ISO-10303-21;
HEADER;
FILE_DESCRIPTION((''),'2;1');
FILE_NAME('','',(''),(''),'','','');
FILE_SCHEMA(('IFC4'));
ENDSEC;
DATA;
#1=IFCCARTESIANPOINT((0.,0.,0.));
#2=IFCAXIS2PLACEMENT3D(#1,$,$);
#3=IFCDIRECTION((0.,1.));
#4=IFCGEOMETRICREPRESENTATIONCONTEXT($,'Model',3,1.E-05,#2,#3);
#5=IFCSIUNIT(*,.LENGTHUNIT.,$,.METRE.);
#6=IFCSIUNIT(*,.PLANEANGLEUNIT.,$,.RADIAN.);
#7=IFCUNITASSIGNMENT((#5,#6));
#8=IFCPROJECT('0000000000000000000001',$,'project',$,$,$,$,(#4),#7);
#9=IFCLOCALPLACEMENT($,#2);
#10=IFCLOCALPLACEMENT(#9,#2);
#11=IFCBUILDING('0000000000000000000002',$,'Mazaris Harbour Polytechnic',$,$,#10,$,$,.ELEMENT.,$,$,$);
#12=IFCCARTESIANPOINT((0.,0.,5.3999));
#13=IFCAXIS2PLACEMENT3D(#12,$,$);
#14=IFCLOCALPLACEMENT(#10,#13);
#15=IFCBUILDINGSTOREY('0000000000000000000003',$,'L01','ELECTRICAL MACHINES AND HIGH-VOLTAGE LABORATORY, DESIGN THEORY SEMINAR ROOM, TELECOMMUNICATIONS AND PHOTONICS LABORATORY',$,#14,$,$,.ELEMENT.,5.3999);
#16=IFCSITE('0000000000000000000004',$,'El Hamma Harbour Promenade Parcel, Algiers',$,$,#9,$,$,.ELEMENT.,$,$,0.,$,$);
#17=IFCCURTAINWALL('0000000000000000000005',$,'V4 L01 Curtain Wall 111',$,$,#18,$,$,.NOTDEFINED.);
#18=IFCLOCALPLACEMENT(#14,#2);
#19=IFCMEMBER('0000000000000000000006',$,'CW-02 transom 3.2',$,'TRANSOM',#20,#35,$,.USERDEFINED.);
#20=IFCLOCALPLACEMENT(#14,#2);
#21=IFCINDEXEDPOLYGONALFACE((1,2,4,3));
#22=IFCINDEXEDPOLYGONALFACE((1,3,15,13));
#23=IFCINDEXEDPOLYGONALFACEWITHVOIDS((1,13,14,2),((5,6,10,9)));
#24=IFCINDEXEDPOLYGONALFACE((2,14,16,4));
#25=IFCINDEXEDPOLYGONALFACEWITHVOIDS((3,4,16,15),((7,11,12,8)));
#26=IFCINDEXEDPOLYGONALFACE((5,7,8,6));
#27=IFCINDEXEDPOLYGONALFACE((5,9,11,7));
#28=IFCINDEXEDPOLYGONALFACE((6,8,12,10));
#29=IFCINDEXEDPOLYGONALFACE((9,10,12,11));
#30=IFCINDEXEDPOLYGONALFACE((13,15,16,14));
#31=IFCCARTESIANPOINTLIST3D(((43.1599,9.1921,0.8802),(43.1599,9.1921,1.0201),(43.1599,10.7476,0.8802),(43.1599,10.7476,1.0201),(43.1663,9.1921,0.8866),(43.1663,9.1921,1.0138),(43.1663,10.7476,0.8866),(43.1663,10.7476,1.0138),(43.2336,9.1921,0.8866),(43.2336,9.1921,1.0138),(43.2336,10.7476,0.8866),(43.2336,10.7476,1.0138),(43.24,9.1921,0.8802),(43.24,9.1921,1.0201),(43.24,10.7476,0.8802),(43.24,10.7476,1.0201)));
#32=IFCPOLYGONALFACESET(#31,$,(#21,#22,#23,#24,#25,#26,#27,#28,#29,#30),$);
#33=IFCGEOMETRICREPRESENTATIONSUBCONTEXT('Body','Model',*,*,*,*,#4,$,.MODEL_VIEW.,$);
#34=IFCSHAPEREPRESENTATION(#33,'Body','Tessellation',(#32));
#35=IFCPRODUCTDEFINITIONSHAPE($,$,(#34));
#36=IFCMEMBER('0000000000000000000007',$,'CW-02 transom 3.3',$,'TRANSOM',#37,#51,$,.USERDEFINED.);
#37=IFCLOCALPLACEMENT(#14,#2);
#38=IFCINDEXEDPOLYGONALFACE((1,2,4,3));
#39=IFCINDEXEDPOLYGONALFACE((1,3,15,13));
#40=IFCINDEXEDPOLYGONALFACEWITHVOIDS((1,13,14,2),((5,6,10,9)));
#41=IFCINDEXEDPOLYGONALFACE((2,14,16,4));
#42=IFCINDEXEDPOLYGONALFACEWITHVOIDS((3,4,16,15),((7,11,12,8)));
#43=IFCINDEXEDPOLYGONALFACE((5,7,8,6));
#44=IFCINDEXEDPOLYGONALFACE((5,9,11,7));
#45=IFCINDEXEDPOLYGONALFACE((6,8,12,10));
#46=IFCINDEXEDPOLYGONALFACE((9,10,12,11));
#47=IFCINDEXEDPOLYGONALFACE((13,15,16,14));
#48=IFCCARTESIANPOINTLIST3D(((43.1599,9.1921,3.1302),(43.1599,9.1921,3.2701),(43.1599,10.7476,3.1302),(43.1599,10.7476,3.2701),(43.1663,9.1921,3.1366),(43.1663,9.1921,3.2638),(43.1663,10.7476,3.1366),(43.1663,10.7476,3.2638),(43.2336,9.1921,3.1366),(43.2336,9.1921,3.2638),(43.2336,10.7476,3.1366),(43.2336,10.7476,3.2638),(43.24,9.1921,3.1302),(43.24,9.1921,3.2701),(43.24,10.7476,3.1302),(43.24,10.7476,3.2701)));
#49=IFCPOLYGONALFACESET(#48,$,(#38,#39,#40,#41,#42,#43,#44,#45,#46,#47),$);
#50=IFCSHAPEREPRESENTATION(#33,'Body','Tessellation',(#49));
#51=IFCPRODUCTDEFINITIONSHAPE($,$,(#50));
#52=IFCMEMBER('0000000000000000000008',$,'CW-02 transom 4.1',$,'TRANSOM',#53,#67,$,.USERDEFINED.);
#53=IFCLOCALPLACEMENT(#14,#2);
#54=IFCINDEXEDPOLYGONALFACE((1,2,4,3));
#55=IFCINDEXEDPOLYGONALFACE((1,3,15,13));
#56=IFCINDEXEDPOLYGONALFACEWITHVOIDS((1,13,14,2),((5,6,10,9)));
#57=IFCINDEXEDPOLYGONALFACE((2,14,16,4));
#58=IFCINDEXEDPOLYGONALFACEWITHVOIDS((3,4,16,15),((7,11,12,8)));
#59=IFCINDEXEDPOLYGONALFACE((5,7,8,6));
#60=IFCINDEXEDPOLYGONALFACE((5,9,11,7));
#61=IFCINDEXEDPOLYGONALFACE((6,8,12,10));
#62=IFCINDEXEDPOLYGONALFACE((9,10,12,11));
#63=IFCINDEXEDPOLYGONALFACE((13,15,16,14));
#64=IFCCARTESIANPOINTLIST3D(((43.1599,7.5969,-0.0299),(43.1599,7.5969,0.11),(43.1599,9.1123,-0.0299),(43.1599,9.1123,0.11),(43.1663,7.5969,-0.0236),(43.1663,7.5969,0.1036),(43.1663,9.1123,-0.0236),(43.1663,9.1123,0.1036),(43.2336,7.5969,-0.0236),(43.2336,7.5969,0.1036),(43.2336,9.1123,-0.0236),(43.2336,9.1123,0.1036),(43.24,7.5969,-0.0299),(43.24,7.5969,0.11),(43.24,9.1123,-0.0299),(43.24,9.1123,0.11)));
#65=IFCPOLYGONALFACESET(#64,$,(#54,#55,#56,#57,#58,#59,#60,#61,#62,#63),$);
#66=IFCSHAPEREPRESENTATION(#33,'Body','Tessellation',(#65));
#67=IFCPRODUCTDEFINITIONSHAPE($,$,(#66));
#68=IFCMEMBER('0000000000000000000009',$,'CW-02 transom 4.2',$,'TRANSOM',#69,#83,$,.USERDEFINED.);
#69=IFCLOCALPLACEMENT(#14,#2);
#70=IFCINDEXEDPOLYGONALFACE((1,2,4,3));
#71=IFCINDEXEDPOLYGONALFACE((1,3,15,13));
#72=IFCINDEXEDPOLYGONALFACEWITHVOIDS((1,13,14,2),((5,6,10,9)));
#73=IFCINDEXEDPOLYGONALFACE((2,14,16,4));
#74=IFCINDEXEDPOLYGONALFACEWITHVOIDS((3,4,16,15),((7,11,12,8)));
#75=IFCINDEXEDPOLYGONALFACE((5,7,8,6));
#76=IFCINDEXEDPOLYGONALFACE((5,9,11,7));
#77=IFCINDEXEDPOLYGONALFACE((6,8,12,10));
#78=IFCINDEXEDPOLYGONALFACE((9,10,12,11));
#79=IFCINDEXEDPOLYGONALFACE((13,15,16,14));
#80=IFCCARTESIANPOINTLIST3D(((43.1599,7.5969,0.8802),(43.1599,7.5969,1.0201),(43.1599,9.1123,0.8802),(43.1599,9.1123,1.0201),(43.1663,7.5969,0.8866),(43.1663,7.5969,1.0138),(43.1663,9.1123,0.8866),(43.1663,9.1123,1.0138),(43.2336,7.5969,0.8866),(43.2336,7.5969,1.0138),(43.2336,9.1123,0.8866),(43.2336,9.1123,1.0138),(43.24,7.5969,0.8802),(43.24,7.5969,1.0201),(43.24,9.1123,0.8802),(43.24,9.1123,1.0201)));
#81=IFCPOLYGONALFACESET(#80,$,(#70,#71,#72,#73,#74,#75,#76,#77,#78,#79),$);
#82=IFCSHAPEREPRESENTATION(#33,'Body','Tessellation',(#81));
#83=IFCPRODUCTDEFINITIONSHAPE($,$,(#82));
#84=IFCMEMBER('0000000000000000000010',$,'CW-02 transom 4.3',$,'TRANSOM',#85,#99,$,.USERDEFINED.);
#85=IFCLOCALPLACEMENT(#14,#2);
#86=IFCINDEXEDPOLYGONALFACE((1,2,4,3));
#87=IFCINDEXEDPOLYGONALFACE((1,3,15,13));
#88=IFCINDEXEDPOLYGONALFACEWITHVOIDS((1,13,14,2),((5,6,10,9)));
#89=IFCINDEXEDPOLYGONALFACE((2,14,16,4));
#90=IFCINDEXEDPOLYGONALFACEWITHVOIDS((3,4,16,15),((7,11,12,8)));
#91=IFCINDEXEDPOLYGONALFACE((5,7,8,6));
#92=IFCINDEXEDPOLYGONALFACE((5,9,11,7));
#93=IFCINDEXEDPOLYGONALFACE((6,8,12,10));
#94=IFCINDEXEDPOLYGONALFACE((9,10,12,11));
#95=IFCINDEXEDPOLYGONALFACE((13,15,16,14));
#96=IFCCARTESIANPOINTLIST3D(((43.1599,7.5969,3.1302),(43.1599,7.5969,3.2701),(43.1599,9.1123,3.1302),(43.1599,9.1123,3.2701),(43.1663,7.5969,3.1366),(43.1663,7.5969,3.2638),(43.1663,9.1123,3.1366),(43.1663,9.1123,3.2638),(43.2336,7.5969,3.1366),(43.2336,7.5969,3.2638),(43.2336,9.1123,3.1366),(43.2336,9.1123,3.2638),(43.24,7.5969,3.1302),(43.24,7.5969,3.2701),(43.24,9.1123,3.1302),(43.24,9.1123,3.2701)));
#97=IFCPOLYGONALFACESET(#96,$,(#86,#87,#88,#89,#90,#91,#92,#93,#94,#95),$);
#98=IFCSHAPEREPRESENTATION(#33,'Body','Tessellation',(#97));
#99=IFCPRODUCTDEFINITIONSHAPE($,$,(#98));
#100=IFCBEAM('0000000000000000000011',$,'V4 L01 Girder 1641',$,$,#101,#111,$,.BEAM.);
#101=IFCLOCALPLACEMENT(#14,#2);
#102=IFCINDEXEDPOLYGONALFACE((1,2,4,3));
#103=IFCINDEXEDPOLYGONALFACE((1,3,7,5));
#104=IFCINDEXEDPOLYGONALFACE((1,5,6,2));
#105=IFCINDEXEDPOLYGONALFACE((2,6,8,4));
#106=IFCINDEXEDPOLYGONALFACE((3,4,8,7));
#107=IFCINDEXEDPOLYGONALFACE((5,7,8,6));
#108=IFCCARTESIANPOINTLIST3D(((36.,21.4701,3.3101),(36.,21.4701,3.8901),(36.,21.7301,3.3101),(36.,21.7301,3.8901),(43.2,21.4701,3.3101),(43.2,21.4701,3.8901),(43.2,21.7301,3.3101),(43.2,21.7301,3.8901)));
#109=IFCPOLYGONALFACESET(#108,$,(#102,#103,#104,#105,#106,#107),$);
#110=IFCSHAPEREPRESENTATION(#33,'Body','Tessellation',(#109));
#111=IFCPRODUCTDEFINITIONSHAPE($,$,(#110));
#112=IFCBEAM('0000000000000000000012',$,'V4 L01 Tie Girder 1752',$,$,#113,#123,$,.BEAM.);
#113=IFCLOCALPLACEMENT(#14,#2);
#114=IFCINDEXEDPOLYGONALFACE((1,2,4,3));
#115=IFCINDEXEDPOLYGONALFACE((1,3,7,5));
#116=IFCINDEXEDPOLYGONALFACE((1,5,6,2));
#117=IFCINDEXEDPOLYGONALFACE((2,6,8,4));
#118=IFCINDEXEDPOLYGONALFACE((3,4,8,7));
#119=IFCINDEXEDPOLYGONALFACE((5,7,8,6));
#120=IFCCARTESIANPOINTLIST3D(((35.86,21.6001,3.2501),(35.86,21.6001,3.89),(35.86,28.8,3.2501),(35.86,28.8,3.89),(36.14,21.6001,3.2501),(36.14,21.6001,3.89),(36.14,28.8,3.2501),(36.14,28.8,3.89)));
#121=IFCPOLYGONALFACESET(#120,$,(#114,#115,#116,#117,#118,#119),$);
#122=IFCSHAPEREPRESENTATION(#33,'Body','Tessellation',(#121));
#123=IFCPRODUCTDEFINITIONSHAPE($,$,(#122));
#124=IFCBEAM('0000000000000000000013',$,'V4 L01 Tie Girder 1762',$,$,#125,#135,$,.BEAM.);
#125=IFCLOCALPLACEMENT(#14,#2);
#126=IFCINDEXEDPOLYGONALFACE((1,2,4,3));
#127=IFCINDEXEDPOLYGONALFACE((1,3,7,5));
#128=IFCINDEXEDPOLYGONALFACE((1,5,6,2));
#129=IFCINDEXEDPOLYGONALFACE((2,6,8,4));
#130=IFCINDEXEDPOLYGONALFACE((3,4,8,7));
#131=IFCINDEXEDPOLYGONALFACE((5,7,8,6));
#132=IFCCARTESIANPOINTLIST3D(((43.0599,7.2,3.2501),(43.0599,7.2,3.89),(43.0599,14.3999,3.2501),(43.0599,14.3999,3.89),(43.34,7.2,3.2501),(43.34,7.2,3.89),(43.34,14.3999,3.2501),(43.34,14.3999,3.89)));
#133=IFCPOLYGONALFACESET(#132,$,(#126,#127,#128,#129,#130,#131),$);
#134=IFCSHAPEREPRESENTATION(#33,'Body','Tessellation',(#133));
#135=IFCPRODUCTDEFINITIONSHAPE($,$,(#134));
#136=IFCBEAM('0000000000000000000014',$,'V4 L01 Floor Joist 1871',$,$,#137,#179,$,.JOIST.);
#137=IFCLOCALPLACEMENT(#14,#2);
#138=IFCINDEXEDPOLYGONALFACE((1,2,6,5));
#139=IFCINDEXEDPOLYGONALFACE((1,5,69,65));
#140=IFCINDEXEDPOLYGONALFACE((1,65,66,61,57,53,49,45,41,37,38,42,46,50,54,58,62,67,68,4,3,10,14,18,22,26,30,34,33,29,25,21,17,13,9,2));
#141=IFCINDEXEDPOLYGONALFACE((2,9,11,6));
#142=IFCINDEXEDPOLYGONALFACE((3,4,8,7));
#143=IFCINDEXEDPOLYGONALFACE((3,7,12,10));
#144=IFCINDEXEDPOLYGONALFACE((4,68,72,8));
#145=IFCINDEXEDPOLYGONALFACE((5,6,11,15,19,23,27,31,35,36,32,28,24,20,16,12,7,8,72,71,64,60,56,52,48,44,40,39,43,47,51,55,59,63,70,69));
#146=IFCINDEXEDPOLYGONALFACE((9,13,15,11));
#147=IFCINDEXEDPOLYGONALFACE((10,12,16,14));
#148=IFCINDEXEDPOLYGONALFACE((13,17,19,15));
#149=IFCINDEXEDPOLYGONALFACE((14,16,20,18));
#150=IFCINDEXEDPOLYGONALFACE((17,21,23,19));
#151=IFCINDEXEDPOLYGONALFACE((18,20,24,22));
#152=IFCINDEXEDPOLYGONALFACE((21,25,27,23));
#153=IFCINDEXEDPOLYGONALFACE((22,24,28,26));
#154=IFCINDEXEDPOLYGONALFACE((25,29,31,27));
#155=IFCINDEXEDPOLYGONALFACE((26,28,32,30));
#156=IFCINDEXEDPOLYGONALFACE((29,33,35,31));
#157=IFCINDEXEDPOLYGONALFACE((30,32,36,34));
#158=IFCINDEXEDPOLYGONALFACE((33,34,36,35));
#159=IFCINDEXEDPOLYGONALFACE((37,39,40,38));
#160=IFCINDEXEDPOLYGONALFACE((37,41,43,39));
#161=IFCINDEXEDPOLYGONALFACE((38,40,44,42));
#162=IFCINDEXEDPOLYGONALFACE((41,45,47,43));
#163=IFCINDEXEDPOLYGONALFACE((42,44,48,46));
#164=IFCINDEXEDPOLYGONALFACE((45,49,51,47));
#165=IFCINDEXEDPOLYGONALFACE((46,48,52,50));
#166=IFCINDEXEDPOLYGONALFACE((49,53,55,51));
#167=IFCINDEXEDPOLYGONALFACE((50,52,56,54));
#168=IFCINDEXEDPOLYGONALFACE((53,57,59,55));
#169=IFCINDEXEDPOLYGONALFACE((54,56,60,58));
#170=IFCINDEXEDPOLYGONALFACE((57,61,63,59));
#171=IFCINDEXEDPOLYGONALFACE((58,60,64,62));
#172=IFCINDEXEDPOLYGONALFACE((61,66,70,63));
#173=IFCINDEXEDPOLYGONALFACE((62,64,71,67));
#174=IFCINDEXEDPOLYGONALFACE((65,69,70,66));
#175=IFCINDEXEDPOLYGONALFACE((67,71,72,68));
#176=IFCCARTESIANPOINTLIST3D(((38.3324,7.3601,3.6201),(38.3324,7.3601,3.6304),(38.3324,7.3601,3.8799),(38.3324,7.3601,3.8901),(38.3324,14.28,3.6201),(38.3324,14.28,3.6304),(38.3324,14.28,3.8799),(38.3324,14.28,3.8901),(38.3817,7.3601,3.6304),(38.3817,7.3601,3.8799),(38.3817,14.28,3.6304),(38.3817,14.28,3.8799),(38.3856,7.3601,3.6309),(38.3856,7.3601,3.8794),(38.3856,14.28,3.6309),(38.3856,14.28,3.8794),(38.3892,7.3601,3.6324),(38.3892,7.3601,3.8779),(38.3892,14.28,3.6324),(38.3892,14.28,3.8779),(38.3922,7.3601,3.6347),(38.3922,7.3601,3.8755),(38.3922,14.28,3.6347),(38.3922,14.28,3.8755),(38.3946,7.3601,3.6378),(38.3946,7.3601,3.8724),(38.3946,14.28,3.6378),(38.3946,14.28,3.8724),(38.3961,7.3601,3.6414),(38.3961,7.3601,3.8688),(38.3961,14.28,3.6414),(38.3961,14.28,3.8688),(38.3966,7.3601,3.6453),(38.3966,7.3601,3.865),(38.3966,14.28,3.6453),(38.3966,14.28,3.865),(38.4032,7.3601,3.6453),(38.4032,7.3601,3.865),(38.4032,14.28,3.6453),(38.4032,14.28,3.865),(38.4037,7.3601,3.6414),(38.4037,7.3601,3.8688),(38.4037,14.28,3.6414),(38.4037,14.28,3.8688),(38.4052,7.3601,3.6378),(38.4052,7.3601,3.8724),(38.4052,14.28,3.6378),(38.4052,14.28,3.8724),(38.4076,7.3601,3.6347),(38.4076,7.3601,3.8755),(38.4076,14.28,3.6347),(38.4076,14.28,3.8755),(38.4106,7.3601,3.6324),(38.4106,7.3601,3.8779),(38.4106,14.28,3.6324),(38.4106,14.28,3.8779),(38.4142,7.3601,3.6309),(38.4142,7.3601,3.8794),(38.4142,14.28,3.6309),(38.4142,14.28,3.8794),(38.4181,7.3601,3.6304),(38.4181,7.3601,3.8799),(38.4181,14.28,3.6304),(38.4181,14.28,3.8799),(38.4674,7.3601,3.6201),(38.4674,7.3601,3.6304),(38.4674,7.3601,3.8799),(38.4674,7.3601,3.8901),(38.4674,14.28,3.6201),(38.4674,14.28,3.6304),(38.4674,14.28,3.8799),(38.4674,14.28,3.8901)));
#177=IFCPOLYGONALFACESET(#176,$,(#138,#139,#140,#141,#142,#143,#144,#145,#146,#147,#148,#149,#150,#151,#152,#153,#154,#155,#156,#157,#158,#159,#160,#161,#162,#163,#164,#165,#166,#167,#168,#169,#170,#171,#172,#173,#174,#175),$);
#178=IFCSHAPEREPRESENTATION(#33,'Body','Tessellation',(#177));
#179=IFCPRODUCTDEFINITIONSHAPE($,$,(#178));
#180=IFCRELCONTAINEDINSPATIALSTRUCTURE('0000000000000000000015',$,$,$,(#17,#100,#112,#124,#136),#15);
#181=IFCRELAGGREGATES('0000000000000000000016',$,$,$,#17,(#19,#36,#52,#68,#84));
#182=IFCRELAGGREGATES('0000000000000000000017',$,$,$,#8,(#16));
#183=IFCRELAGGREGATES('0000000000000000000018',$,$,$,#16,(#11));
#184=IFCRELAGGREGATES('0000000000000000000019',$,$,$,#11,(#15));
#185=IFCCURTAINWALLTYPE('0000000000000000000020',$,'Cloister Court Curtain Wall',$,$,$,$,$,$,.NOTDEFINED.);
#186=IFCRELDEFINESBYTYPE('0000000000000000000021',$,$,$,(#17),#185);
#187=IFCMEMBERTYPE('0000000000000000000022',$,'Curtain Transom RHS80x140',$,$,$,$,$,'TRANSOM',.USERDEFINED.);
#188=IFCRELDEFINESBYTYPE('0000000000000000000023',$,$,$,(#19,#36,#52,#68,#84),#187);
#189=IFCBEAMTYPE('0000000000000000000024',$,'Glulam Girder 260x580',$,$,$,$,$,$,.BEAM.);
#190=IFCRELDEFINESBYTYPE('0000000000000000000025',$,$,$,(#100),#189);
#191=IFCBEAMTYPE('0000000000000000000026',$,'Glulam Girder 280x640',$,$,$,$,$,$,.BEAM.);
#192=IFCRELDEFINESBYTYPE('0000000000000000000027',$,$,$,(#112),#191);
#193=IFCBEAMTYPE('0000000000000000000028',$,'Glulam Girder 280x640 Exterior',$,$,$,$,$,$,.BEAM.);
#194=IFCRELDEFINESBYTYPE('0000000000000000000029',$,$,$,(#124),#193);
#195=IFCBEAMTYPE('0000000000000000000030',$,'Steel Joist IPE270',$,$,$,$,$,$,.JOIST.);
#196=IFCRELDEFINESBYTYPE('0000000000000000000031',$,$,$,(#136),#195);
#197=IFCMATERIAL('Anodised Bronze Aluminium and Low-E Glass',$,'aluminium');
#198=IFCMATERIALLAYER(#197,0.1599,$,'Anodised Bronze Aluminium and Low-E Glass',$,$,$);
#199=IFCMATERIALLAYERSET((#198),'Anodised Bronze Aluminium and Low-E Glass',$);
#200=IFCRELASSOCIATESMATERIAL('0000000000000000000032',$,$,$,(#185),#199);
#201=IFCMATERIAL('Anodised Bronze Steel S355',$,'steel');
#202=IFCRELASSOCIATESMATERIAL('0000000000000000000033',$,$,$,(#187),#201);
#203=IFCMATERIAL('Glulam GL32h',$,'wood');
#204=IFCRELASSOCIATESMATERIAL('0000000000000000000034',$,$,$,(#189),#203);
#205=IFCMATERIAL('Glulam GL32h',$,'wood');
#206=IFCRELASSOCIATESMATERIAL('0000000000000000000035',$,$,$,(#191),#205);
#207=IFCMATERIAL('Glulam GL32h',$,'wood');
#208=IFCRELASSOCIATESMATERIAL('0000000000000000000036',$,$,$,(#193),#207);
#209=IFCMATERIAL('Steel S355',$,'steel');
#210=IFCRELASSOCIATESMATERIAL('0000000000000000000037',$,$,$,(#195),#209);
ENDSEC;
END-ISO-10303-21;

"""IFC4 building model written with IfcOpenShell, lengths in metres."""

from ifc_helpers import new_model, si_unit, direction, frame, origin, origin_2d, place, context, subcontext, project, spatial, rectangle, hollow_rectangle, i_section, extrude, material, layer, layer_set, material_profile, profile_set, type_object, element, aggregate, save


model = new_model("IFC4")

# Units and contexts
model_context = context("Model", 3, precision=1e-05, world=origin(), true_north=direction((0.0, 1.0)))
body_context = subcontext(model_context, "Body", "Model", "MODEL_VIEW")
ifc_project = project(units=[si_unit("LENGTHUNIT", "METRE"), si_unit("PLANEANGLEUNIT", "RADIAN")], contexts=[model_context])

# Site, building, storey
site_placement = place(None, origin())
site = spatial("IfcSite", under=ifc_project, at=site_placement, Name="El Hamma Harbour Promenade Parcel, Algiers", CompositionType="ELEMENT", RefElevation=0.0)
building_placement = place(site_placement, origin())
building = spatial("IfcBuilding", under=site, at=building_placement, Name="Mazaris Harbour Polytechnic", CompositionType="ELEMENT")
storey_placement = place(building_placement, frame((0.0, 0.0, 5.3999)))
storey = spatial("IfcBuildingStorey", under=building, at=storey_placement, Name="L01", Description="ELECTRICAL MACHINES AND HIGH-VOLTAGE LABORATORY, DESIGN THEORY SEMINAR ROOM, TELECOMMUNICATIONS AND PHOTONICS LABORATORY", CompositionType="ELEMENT", Elevation=5.3999)

# Curtain wall, members
ifc_material_1 = material(Name="Anodised Bronze Aluminium and Low-E Glass", Category="aluminium")
ifc_layer_1 = layer(ifc_material_1, 0.1599, Name="Anodised Bronze Aluminium and Low-E Glass")
ifc_layer_set_1 = layer_set([ifc_layer_1], Name="Anodised Bronze Aluminium and Low-E Glass")
curtain_wall_type = type_object("IfcCurtainWallType", Name="Cloister Court Curtain Wall", PredefinedType="NOTDEFINED", material=ifc_layer_set_1)
curtain_wall_placement = place(storey_placement, origin())
curtain_wall = element("IfcCurtainWall", 1, at=curtain_wall_placement, inside=storey, type_object=curtain_wall_type, Name="V4 L01 Curtain Wall 111", PredefinedType="NOTDEFINED")
ifc_material_2 = material(Name="Anodised Bronze Steel S355", Category="steel")
ifc_material_profile_1 = material_profile(ifc_material_2, hollow_rectangle(XDim=0.0801, YDim=0.1399, WallThickness=0.0063, at=origin_2d()), Name="RHS 80x140x6.3")
ifc_profile_set_1 = profile_set([ifc_material_profile_1], Name="Anodised Bronze Steel S355")
member_type_1 = type_object("IfcMemberType", Name="Curtain Transom RHS80x140", ElementType="TRANSOM", PredefinedType="USERDEFINED", material=ifc_profile_set_1)
member_1_placement = place(storey_placement, frame((43.2, 10.7476, 0.9502), z_axis=(0.0, -1.0, 0.0), x_axis=(1.0, 0.0, 0.0)))
member_1 = element("IfcMember", 2, at=member_1_placement, type_object=member_type_1, Name="CW-02 transom 3.2", ObjectType="TRANSOM", PredefinedType="USERDEFINED", context=body_context, shape_type="SweptSolid", body=[
    extrude(hollow_rectangle(XDim=0.0801, YDim=0.1399, WallThickness=0.0063, at=origin_2d()), origin(), (0.0, 0.0, 1.0), 1.5554),
])
member_2_placement = place(storey_placement, frame((43.2, 10.7476, 3.2002), z_axis=(0.0, -1.0, 0.0), x_axis=(1.0, 0.0, 0.0)))
member_2 = element("IfcMember", 3, at=member_2_placement, type_object=member_type_1, Name="CW-02 transom 3.3", ObjectType="TRANSOM", PredefinedType="USERDEFINED", context=body_context, shape_type="SweptSolid", body=[
    extrude(hollow_rectangle(XDim=0.0801, YDim=0.1399, WallThickness=0.0063, at=origin_2d()), origin(), (0.0, 0.0, 1.0), 1.5554),
])
member_3_placement = place(storey_placement, frame((43.2, 9.1123, 0.04), z_axis=(0.0, -1.0, 0.0), x_axis=(1.0, 0.0, 0.0)))
member_3 = element("IfcMember", 4, at=member_3_placement, type_object=member_type_1, Name="CW-02 transom 4.1", ObjectType="TRANSOM", PredefinedType="USERDEFINED", context=body_context, shape_type="SweptSolid", body=[
    extrude(hollow_rectangle(XDim=0.0801, YDim=0.1399, WallThickness=0.0063, at=origin_2d()), origin(), (0.0, 0.0, 1.0), 1.5154),
])
member_4_placement = place(storey_placement, frame((43.2, 9.1123, 0.9502), z_axis=(0.0, -1.0, 0.0), x_axis=(1.0, 0.0, 0.0)))
member_4 = element("IfcMember", 5, at=member_4_placement, type_object=member_type_1, Name="CW-02 transom 4.2", ObjectType="TRANSOM", PredefinedType="USERDEFINED", context=body_context, shape_type="SweptSolid", body=[
    extrude(hollow_rectangle(XDim=0.0801, YDim=0.1399, WallThickness=0.0063, at=origin_2d()), origin(), (0.0, 0.0, 1.0), 1.5154),
])
member_5_placement = place(storey_placement, frame((43.2, 9.1123, 3.2002), z_axis=(0.0, -1.0, 0.0), x_axis=(1.0, 0.0, 0.0)))
member_5 = element("IfcMember", 6, at=member_5_placement, type_object=member_type_1, Name="CW-02 transom 4.3", ObjectType="TRANSOM", PredefinedType="USERDEFINED", context=body_context, shape_type="SweptSolid", body=[
    extrude(hollow_rectangle(XDim=0.0801, YDim=0.1399, WallThickness=0.0063, at=origin_2d()), origin(), (0.0, 0.0, 1.0), 1.5154),
])

# Beams
ifc_material_3 = material(Name="Glulam GL32h", Category="wood")
ifc_material_profile_2 = material_profile(ifc_material_3, rectangle(XDim=0.26, YDim=0.5801, at=origin_2d()), Name="RECT260x580")
ifc_profile_set_2 = profile_set([ifc_material_profile_2], Name="Glulam GL32h")
beam_type_1 = type_object("IfcBeamType", Name="Glulam Girder 260x580", PredefinedType="BEAM", material=ifc_profile_set_2)
beam_1_placement = place(storey_placement, frame((36.0, 21.6001, 3.6001), z_axis=(1.0, 0.0, 0.0), x_axis=(0.0, 1.0, 0.0)))
element("IfcBeam", 7, at=beam_1_placement, inside=storey, type_object=beam_type_1, Name="V4 L01 Girder 1641", PredefinedType="BEAM", context=body_context, shape_type="SweptSolid", body=[
    extrude(rectangle(XDim=0.26, YDim=0.5801, at=origin_2d()), origin(), (0.0, 0.0, 1.0), 7.2),
])
ifc_material_4 = material(Name="Glulam GL32h", Category="wood")
ifc_material_profile_3 = material_profile(ifc_material_4, rectangle(XDim=0.28, YDim=0.6399, at=origin_2d()), Name="RECT280x640")
ifc_profile_set_3 = profile_set([ifc_material_profile_3], Name="Glulam GL32h")
beam_type_2 = type_object("IfcBeamType", Name="Glulam Girder 280x640", PredefinedType="BEAM", material=ifc_profile_set_3)
beam_2_placement = place(storey_placement, frame((36.0, 21.6001, 3.5701), z_axis=(0.0, 1.0, 0.0), x_axis=(-1.0, 0.0, 0.0)))
element("IfcBeam", 8, at=beam_2_placement, inside=storey, type_object=beam_type_2, Name="V4 L01 Tie Girder 1752", PredefinedType="BEAM", context=body_context, shape_type="SweptSolid", body=[
    extrude(rectangle(XDim=0.28, YDim=0.6399, at=origin_2d()), origin(), (0.0, 0.0, 1.0), 7.2),
])
ifc_material_5 = material(Name="Glulam GL32h", Category="wood")
ifc_material_profile_4 = material_profile(ifc_material_5, rectangle(XDim=0.28, YDim=0.6399, at=origin_2d()), Name="RECT280x640")
ifc_profile_set_4 = profile_set([ifc_material_profile_4], Name="Glulam GL32h")
beam_type_3 = type_object("IfcBeamType", Name="Glulam Girder 280x640 Exterior", PredefinedType="BEAM", material=ifc_profile_set_4)
beam_3_placement = place(storey_placement, frame((43.2, 7.2, 3.5701), z_axis=(0.0, 1.0, 0.0), x_axis=(-1.0, 0.0, 0.0)))
element("IfcBeam", 9, at=beam_3_placement, inside=storey, type_object=beam_type_3, Name="V4 L01 Tie Girder 1762", PredefinedType="BEAM", context=body_context, shape_type="SweptSolid", body=[
    extrude(rectangle(XDim=0.28, YDim=0.6399, at=origin_2d()), origin(), (0.0, 0.0, 1.0), 7.2),
])
ifc_material_6 = material(Name="Steel S355", Category="steel")
ifc_material_profile_5 = material_profile(ifc_material_6, i_section(OverallWidth=0.135, OverallDepth=0.27, WebThickness=0.0066, FlangeThickness=0.0103, FilletRadius=0.0149, at=origin_2d()), Name="IPE 270")
ifc_profile_set_5 = profile_set([ifc_material_profile_5], Name="Steel S355")
beam_type_4 = type_object("IfcBeamType", Name="Steel Joist IPE270", PredefinedType="JOIST", material=ifc_profile_set_5)
beam_4_placement = place(storey_placement, frame((38.3999, 7.3601, 3.7551), z_axis=(0.0, 1.0, 0.0), x_axis=(-1.0, 0.0, 0.0)))
element("IfcBeam", 10, at=beam_4_placement, inside=storey, type_object=beam_type_4, Name="V4 L01 Floor Joist 1871", PredefinedType="JOIST", context=body_context, shape_type="SweptSolid", body=[
    extrude(i_section(OverallWidth=0.135, OverallDepth=0.27, WebThickness=0.0066, FlangeThickness=0.0103, FilletRadius=0.0149, at=origin_2d()), origin(), (0.0, 0.0, 1.0), 6.9199),
])

aggregate(curtain_wall, [member_1, member_2, member_3, member_4, member_5])

save(model, "model.ifc")
